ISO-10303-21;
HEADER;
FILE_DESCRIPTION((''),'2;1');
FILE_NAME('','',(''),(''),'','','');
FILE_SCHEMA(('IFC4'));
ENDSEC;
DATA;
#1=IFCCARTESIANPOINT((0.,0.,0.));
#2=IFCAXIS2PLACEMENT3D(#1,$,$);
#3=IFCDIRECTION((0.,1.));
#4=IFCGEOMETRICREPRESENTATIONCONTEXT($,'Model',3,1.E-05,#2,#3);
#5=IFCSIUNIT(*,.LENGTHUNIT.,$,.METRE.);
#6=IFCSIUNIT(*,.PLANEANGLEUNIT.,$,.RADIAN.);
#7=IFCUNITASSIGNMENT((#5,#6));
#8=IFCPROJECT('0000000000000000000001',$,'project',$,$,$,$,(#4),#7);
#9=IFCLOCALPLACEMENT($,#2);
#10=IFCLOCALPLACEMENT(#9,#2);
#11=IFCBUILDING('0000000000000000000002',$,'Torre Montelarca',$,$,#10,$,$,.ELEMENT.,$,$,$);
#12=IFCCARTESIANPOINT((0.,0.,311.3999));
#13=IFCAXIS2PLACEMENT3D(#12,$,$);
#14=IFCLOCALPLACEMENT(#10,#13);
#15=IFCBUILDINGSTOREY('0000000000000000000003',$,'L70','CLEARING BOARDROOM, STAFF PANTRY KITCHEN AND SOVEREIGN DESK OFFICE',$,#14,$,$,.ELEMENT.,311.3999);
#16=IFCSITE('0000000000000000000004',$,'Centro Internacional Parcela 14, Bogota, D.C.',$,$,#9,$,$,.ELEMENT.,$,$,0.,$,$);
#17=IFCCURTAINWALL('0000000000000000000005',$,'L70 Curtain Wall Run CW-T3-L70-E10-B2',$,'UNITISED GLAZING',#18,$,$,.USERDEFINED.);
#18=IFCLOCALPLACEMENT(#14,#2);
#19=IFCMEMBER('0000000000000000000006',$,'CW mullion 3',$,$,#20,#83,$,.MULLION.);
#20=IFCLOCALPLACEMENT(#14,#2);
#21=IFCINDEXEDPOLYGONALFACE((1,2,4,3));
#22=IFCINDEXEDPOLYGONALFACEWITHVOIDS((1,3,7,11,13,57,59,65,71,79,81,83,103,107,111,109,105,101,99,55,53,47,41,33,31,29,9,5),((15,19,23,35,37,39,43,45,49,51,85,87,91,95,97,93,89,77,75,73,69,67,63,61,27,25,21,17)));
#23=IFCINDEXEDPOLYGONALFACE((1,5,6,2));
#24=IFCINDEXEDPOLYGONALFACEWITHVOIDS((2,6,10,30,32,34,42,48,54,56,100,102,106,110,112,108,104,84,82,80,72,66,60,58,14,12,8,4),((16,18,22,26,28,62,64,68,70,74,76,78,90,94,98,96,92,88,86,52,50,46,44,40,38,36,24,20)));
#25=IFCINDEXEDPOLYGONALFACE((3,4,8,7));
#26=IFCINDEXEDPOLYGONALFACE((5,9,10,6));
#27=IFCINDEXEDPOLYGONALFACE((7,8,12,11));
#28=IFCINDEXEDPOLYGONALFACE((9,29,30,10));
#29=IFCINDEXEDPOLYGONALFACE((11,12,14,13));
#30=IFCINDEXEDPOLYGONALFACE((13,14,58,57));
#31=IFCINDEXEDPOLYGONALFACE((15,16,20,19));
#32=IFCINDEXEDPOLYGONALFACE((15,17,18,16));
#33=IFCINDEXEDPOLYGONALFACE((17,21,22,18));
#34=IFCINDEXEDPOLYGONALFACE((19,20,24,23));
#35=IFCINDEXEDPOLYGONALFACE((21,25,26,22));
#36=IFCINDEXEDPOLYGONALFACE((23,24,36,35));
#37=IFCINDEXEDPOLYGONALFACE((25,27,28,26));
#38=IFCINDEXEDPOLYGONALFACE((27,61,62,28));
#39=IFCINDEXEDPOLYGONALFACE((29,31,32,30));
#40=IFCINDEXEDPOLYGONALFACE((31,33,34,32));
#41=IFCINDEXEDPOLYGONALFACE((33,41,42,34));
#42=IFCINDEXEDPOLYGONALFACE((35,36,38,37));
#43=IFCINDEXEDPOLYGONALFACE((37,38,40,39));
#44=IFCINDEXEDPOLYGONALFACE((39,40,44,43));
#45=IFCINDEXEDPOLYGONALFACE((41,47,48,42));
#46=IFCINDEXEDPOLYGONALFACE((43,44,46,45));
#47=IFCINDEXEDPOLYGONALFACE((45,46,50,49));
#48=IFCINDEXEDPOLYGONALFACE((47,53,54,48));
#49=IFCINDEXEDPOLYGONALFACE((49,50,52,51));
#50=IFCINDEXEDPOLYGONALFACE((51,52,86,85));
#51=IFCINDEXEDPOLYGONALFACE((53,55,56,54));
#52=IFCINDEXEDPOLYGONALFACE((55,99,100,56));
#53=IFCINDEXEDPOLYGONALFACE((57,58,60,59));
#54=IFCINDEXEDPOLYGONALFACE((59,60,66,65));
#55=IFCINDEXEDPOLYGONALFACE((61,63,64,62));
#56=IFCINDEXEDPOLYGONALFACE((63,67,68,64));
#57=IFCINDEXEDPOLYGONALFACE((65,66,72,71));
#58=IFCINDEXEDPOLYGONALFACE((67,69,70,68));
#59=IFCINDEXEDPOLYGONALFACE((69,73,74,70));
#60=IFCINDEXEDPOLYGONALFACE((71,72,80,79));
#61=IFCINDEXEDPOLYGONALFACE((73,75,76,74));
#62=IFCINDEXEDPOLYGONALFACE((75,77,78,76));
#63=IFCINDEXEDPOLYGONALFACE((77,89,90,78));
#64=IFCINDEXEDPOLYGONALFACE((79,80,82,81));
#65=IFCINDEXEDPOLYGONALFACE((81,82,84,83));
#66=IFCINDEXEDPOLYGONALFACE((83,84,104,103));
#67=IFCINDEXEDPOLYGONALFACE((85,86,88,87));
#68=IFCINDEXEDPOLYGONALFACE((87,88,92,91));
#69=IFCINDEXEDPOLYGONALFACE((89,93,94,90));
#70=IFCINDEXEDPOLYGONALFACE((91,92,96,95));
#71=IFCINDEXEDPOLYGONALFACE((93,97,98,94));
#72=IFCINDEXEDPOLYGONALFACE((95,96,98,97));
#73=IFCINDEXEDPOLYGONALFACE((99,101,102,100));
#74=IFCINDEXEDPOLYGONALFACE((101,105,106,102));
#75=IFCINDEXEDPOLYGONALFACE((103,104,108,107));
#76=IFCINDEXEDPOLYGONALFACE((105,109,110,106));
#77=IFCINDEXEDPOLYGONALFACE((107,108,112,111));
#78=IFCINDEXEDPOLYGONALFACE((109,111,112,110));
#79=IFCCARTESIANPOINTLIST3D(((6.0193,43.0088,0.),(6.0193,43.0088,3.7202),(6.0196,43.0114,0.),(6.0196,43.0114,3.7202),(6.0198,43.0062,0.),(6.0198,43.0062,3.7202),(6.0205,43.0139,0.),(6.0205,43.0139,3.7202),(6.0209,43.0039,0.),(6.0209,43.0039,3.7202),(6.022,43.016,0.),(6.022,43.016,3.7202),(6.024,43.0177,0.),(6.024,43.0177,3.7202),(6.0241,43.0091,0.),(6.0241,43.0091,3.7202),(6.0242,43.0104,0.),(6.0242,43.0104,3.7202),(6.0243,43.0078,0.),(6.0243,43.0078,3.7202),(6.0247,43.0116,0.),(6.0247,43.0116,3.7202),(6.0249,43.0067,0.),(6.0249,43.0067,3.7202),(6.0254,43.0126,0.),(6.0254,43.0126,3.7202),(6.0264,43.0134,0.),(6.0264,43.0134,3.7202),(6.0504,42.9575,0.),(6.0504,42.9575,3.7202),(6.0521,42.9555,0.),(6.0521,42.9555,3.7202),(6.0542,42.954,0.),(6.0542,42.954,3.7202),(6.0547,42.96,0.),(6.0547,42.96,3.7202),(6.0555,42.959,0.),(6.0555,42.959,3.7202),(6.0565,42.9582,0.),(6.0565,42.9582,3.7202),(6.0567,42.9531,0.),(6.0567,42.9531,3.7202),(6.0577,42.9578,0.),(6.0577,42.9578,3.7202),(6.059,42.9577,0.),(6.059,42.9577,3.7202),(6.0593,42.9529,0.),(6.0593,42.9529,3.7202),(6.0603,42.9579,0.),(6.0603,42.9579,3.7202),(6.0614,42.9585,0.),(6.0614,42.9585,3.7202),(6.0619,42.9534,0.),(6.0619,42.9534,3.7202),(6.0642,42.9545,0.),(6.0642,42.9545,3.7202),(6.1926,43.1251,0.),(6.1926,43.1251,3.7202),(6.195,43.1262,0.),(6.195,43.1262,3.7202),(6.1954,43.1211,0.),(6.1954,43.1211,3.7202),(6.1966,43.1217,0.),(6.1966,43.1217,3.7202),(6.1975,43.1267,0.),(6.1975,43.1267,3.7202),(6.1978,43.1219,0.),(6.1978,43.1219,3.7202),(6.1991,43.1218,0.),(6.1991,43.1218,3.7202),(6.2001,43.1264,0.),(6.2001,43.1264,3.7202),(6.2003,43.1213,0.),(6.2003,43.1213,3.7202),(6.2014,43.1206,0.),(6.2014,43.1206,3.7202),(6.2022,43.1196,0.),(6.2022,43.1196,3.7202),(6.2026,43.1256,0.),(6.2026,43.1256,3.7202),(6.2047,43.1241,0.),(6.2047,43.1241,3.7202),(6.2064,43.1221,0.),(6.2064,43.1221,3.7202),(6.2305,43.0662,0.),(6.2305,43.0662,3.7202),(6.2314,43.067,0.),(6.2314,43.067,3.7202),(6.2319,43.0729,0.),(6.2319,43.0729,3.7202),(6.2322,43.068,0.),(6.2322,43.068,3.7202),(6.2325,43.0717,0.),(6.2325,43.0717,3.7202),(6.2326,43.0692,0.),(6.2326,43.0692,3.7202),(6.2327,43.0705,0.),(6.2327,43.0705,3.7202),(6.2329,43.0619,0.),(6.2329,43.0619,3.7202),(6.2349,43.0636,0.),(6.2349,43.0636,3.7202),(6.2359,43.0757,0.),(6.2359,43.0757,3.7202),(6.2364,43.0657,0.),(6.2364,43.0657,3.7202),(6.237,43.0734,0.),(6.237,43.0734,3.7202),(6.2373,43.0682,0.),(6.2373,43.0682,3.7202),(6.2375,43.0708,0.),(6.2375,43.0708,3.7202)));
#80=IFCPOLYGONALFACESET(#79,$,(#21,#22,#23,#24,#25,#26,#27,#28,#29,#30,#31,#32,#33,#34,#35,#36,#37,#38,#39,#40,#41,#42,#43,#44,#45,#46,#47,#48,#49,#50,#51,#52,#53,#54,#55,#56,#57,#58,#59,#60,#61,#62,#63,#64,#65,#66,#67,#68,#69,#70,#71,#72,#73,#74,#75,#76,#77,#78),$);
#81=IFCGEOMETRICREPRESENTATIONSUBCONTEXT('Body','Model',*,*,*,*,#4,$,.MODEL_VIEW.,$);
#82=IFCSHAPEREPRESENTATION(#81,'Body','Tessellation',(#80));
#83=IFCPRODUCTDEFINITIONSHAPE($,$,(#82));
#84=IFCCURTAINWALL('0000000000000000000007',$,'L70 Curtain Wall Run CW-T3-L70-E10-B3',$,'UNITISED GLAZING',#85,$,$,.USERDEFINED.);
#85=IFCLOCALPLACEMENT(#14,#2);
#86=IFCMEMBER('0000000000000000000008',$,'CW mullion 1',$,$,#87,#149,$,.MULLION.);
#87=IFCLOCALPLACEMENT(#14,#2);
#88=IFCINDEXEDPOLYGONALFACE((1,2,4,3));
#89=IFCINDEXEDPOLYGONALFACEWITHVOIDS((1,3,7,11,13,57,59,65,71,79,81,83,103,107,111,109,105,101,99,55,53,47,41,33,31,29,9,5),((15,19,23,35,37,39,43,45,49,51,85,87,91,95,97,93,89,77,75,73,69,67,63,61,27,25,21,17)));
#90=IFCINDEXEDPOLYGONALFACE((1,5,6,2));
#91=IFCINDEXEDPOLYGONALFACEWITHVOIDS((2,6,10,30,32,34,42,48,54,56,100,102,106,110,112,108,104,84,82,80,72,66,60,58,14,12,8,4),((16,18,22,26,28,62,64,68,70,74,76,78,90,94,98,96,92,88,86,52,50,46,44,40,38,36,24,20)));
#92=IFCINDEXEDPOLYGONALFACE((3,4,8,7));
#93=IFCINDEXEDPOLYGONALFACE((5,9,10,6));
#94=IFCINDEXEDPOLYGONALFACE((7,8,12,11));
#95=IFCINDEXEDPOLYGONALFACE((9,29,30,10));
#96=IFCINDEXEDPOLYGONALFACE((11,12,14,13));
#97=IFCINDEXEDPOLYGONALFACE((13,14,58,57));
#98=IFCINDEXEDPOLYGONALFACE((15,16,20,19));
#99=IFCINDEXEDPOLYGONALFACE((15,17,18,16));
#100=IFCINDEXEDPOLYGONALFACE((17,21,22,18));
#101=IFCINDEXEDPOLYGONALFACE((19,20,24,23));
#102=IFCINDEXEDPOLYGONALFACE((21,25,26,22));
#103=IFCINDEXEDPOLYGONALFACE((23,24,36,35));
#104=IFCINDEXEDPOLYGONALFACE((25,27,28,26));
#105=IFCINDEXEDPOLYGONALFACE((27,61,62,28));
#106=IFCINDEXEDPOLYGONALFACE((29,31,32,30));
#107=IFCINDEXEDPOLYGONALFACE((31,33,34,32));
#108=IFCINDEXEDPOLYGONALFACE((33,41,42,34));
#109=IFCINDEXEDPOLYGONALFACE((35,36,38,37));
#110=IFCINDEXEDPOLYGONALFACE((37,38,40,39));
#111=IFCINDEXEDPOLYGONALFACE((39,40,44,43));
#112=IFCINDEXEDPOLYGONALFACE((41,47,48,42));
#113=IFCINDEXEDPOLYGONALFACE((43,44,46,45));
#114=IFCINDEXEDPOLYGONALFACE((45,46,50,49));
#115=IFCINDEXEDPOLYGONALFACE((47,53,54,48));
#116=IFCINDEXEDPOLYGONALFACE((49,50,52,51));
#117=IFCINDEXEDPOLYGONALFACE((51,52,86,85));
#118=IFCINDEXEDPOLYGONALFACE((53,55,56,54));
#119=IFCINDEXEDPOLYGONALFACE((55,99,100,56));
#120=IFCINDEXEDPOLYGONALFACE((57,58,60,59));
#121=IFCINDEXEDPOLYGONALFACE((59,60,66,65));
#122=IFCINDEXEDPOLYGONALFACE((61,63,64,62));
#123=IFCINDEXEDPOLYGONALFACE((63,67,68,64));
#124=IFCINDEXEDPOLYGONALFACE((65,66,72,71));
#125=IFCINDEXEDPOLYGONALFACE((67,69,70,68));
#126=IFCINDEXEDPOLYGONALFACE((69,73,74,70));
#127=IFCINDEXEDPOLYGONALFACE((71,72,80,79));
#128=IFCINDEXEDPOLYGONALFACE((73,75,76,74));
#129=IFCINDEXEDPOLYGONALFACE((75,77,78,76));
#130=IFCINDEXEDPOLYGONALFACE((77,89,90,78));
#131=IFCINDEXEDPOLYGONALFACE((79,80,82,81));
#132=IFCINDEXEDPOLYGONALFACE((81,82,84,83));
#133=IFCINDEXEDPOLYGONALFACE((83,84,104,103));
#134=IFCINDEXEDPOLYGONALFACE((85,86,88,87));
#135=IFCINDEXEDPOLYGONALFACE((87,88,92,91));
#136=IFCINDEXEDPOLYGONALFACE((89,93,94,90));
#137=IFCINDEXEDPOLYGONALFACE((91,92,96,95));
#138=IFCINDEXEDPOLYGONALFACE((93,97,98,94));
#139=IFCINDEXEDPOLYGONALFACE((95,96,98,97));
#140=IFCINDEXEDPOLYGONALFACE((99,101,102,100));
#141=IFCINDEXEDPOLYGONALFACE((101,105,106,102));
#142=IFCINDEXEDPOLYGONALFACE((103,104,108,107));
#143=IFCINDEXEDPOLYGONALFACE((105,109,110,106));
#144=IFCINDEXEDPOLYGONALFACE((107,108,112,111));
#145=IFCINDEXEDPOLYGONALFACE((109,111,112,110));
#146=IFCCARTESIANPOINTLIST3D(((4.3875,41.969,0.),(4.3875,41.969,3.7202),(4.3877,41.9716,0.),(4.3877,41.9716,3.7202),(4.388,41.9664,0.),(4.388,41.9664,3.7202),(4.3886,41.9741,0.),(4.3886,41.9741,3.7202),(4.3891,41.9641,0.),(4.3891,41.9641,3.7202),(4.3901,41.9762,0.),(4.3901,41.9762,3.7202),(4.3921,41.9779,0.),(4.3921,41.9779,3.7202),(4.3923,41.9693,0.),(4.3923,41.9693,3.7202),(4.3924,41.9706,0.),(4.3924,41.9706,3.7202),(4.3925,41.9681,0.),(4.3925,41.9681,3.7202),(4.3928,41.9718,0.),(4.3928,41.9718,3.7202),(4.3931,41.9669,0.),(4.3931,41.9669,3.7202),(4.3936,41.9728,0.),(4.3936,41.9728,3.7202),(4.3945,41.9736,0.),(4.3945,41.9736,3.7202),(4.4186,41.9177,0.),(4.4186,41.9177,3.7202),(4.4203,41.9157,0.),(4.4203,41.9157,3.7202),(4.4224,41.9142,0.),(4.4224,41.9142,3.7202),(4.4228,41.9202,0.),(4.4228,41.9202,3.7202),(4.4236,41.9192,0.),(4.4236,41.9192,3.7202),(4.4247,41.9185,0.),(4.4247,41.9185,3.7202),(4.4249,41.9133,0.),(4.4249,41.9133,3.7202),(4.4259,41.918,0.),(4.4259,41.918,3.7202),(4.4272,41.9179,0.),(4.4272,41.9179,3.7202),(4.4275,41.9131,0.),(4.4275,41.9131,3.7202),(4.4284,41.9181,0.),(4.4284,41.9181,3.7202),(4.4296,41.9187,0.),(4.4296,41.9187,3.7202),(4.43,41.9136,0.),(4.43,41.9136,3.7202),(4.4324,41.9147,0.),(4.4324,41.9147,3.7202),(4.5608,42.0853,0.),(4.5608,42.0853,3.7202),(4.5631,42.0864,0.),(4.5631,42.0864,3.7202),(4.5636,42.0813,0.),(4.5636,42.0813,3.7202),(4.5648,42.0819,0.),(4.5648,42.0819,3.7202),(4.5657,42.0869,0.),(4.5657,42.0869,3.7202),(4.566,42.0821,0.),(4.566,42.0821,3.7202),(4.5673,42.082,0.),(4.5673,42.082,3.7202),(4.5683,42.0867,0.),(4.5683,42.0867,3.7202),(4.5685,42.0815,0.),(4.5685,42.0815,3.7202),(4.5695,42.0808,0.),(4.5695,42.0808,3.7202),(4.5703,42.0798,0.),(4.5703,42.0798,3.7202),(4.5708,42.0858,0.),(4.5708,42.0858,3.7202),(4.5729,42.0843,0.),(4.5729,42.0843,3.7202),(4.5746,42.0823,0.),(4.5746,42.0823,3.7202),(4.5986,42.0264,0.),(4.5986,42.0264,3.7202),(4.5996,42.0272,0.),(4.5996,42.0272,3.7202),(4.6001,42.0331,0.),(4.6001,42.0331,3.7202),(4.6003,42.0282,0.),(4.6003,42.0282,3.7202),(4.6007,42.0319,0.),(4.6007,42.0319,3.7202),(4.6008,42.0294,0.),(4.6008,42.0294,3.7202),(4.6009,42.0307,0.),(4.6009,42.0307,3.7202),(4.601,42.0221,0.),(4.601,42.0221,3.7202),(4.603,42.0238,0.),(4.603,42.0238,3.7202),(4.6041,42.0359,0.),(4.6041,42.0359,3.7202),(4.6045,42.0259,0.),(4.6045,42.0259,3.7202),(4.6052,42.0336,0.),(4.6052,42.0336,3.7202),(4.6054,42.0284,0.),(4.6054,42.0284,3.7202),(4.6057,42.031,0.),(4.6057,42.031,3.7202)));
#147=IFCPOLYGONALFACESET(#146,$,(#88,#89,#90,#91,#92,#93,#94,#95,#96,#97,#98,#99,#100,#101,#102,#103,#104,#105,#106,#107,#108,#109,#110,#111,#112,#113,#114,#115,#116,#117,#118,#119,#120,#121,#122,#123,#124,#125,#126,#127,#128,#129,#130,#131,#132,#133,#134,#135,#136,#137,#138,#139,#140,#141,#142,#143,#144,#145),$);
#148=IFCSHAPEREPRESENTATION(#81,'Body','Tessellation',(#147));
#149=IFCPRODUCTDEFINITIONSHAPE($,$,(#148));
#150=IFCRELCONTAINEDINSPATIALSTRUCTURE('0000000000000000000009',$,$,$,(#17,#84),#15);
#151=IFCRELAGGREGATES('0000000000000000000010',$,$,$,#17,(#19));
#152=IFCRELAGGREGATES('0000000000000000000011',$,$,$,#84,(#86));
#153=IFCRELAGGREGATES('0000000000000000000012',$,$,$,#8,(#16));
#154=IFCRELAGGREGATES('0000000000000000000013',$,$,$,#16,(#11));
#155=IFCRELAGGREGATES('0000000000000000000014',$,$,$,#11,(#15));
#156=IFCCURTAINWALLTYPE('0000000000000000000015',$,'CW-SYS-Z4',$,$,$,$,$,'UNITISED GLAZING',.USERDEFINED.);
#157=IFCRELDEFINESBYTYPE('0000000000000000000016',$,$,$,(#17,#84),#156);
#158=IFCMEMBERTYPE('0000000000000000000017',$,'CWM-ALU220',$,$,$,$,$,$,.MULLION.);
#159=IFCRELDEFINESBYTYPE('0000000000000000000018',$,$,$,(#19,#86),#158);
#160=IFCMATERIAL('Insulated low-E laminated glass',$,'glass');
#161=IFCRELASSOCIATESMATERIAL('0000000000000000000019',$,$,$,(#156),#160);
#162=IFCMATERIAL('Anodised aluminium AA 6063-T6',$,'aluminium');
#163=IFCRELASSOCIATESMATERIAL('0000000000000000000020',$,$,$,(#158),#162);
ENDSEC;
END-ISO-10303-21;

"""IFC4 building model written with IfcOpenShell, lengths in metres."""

from ifc_helpers import new_model, si_unit, direction, frame, origin, origin_2d, place, context, subcontext, project, spatial, hollow_rectangle, extrude, source, transform, mapped, material, material_profile, profile_set, type_object, element, aggregate, save


model = new_model("IFC4")

# Units and contexts
model_context = context("Model", 3, precision=1e-05, world=origin(), true_north=direction((0.0, 1.0)))
body_context = subcontext(model_context, "Body", "Model", "MODEL_VIEW")
ifc_project = project(units=[si_unit("LENGTHUNIT", "METRE"), si_unit("PLANEANGLEUNIT", "RADIAN")], contexts=[model_context])

# Site, building, storey
site_placement = place(None, origin())
site = spatial("IfcSite", under=ifc_project, at=site_placement, Name="Centro Internacional Parcela 14, Bogota, D.C.", CompositionType="ELEMENT", RefElevation=0.0)
building_placement = place(site_placement, origin())
building = spatial("IfcBuilding", under=site, at=building_placement, Name="Torre Montelarca", CompositionType="ELEMENT")
storey_placement = place(building_placement, frame((0.0, 0.0, 311.3999)))
storey = spatial("IfcBuildingStorey", under=building, at=storey_placement, Name="L70", Description="CLEARING BOARDROOM, STAFF PANTRY KITCHEN AND SOVEREIGN DESK OFFICE", CompositionType="ELEMENT", Elevation=311.3999)

# Curtain walls, members
ifc_material_1 = material(Name="Insulated low-E laminated glass", Category="glass")
curtain_wall_type = type_object("IfcCurtainWallType", Name="CW-SYS-Z4", ElementType="UNITISED GLAZING", PredefinedType="USERDEFINED", material=ifc_material_1)
curtain_wall_1_placement = place(storey_placement, origin())
curtain_wall_1 = element("IfcCurtainWall", 1, at=curtain_wall_1_placement, inside=storey, type_object=curtain_wall_type, Name="L70 Curtain Wall Run CW-T3-L70-E10-B2", ObjectType="UNITISED GLAZING", PredefinedType="USERDEFINED")
ifc_material_2 = material(Name="Anodised aluminium AA 6063-T6", Category="aluminium")
ifc_material_profile_1 = material_profile(ifc_material_2, hollow_rectangle(XDim=0.075, YDim=0.22, WallThickness=0.0049, InnerFilletRadius=0.0049, OuterFilletRadius=0.01, at=origin_2d()), Name="ALU75X220X5", Category="aluminium")
ifc_profile_set_1 = profile_set([ifc_material_profile_1], Name="Anodised aluminium AA 6063-T6")
member_type_1 = type_object("IfcMemberType", Name="CWM-ALU220", PredefinedType="MULLION", material=ifc_profile_set_1)
shared_shape_1 = source(origin(), body_context, "Body", "SweptSolid", [
    extrude(hollow_rectangle(XDim=0.075, YDim=0.22, WallThickness=0.0049, InnerFilletRadius=0.0049, OuterFilletRadius=0.01, at=origin_2d()), origin(), (0.0, 0.0, 1.0), 3.7202),
])
member_1_placement = place(storey_placement, frame((6.1284, 43.0398, 0.0), z_axis=(0.0, 0.0, 1.0), x_axis=(0.5373, -0.843391, 0.0)))
member_1 = element("IfcMember", 2, at=member_1_placement, type_object=member_type_1, Name="CW mullion 3", PredefinedType="MULLION", context=body_context, shape_type="MappedRepresentation", body=[
    mapped(shared_shape_1, transform((0.0, 0.0, 0.0), scale=1.0)),
])
curtain_wall_2_placement = place(storey_placement, origin())
curtain_wall_2 = element("IfcCurtainWall", 3, at=curtain_wall_2_placement, inside=storey, type_object=curtain_wall_type, Name="L70 Curtain Wall Run CW-T3-L70-E10-B3", ObjectType="UNITISED GLAZING", PredefinedType="USERDEFINED")
member_2_placement = place(storey_placement, frame((4.4966, 42.0, 0.0), z_axis=(0.0, 0.0, 1.0), x_axis=(0.537295, -0.843394, 0.0)))
member_2 = element("IfcMember", 4, at=member_2_placement, type_object=member_type_1, Name="CW mullion 1", PredefinedType="MULLION", context=body_context, shape_type="MappedRepresentation", body=[
    mapped(shared_shape_1, transform((0.0, 0.0, 0.0), scale=1.0)),
])

aggregate(curtain_wall_1, [member_1])
aggregate(curtain_wall_2, [member_2])

save(model, "model.ifc")
